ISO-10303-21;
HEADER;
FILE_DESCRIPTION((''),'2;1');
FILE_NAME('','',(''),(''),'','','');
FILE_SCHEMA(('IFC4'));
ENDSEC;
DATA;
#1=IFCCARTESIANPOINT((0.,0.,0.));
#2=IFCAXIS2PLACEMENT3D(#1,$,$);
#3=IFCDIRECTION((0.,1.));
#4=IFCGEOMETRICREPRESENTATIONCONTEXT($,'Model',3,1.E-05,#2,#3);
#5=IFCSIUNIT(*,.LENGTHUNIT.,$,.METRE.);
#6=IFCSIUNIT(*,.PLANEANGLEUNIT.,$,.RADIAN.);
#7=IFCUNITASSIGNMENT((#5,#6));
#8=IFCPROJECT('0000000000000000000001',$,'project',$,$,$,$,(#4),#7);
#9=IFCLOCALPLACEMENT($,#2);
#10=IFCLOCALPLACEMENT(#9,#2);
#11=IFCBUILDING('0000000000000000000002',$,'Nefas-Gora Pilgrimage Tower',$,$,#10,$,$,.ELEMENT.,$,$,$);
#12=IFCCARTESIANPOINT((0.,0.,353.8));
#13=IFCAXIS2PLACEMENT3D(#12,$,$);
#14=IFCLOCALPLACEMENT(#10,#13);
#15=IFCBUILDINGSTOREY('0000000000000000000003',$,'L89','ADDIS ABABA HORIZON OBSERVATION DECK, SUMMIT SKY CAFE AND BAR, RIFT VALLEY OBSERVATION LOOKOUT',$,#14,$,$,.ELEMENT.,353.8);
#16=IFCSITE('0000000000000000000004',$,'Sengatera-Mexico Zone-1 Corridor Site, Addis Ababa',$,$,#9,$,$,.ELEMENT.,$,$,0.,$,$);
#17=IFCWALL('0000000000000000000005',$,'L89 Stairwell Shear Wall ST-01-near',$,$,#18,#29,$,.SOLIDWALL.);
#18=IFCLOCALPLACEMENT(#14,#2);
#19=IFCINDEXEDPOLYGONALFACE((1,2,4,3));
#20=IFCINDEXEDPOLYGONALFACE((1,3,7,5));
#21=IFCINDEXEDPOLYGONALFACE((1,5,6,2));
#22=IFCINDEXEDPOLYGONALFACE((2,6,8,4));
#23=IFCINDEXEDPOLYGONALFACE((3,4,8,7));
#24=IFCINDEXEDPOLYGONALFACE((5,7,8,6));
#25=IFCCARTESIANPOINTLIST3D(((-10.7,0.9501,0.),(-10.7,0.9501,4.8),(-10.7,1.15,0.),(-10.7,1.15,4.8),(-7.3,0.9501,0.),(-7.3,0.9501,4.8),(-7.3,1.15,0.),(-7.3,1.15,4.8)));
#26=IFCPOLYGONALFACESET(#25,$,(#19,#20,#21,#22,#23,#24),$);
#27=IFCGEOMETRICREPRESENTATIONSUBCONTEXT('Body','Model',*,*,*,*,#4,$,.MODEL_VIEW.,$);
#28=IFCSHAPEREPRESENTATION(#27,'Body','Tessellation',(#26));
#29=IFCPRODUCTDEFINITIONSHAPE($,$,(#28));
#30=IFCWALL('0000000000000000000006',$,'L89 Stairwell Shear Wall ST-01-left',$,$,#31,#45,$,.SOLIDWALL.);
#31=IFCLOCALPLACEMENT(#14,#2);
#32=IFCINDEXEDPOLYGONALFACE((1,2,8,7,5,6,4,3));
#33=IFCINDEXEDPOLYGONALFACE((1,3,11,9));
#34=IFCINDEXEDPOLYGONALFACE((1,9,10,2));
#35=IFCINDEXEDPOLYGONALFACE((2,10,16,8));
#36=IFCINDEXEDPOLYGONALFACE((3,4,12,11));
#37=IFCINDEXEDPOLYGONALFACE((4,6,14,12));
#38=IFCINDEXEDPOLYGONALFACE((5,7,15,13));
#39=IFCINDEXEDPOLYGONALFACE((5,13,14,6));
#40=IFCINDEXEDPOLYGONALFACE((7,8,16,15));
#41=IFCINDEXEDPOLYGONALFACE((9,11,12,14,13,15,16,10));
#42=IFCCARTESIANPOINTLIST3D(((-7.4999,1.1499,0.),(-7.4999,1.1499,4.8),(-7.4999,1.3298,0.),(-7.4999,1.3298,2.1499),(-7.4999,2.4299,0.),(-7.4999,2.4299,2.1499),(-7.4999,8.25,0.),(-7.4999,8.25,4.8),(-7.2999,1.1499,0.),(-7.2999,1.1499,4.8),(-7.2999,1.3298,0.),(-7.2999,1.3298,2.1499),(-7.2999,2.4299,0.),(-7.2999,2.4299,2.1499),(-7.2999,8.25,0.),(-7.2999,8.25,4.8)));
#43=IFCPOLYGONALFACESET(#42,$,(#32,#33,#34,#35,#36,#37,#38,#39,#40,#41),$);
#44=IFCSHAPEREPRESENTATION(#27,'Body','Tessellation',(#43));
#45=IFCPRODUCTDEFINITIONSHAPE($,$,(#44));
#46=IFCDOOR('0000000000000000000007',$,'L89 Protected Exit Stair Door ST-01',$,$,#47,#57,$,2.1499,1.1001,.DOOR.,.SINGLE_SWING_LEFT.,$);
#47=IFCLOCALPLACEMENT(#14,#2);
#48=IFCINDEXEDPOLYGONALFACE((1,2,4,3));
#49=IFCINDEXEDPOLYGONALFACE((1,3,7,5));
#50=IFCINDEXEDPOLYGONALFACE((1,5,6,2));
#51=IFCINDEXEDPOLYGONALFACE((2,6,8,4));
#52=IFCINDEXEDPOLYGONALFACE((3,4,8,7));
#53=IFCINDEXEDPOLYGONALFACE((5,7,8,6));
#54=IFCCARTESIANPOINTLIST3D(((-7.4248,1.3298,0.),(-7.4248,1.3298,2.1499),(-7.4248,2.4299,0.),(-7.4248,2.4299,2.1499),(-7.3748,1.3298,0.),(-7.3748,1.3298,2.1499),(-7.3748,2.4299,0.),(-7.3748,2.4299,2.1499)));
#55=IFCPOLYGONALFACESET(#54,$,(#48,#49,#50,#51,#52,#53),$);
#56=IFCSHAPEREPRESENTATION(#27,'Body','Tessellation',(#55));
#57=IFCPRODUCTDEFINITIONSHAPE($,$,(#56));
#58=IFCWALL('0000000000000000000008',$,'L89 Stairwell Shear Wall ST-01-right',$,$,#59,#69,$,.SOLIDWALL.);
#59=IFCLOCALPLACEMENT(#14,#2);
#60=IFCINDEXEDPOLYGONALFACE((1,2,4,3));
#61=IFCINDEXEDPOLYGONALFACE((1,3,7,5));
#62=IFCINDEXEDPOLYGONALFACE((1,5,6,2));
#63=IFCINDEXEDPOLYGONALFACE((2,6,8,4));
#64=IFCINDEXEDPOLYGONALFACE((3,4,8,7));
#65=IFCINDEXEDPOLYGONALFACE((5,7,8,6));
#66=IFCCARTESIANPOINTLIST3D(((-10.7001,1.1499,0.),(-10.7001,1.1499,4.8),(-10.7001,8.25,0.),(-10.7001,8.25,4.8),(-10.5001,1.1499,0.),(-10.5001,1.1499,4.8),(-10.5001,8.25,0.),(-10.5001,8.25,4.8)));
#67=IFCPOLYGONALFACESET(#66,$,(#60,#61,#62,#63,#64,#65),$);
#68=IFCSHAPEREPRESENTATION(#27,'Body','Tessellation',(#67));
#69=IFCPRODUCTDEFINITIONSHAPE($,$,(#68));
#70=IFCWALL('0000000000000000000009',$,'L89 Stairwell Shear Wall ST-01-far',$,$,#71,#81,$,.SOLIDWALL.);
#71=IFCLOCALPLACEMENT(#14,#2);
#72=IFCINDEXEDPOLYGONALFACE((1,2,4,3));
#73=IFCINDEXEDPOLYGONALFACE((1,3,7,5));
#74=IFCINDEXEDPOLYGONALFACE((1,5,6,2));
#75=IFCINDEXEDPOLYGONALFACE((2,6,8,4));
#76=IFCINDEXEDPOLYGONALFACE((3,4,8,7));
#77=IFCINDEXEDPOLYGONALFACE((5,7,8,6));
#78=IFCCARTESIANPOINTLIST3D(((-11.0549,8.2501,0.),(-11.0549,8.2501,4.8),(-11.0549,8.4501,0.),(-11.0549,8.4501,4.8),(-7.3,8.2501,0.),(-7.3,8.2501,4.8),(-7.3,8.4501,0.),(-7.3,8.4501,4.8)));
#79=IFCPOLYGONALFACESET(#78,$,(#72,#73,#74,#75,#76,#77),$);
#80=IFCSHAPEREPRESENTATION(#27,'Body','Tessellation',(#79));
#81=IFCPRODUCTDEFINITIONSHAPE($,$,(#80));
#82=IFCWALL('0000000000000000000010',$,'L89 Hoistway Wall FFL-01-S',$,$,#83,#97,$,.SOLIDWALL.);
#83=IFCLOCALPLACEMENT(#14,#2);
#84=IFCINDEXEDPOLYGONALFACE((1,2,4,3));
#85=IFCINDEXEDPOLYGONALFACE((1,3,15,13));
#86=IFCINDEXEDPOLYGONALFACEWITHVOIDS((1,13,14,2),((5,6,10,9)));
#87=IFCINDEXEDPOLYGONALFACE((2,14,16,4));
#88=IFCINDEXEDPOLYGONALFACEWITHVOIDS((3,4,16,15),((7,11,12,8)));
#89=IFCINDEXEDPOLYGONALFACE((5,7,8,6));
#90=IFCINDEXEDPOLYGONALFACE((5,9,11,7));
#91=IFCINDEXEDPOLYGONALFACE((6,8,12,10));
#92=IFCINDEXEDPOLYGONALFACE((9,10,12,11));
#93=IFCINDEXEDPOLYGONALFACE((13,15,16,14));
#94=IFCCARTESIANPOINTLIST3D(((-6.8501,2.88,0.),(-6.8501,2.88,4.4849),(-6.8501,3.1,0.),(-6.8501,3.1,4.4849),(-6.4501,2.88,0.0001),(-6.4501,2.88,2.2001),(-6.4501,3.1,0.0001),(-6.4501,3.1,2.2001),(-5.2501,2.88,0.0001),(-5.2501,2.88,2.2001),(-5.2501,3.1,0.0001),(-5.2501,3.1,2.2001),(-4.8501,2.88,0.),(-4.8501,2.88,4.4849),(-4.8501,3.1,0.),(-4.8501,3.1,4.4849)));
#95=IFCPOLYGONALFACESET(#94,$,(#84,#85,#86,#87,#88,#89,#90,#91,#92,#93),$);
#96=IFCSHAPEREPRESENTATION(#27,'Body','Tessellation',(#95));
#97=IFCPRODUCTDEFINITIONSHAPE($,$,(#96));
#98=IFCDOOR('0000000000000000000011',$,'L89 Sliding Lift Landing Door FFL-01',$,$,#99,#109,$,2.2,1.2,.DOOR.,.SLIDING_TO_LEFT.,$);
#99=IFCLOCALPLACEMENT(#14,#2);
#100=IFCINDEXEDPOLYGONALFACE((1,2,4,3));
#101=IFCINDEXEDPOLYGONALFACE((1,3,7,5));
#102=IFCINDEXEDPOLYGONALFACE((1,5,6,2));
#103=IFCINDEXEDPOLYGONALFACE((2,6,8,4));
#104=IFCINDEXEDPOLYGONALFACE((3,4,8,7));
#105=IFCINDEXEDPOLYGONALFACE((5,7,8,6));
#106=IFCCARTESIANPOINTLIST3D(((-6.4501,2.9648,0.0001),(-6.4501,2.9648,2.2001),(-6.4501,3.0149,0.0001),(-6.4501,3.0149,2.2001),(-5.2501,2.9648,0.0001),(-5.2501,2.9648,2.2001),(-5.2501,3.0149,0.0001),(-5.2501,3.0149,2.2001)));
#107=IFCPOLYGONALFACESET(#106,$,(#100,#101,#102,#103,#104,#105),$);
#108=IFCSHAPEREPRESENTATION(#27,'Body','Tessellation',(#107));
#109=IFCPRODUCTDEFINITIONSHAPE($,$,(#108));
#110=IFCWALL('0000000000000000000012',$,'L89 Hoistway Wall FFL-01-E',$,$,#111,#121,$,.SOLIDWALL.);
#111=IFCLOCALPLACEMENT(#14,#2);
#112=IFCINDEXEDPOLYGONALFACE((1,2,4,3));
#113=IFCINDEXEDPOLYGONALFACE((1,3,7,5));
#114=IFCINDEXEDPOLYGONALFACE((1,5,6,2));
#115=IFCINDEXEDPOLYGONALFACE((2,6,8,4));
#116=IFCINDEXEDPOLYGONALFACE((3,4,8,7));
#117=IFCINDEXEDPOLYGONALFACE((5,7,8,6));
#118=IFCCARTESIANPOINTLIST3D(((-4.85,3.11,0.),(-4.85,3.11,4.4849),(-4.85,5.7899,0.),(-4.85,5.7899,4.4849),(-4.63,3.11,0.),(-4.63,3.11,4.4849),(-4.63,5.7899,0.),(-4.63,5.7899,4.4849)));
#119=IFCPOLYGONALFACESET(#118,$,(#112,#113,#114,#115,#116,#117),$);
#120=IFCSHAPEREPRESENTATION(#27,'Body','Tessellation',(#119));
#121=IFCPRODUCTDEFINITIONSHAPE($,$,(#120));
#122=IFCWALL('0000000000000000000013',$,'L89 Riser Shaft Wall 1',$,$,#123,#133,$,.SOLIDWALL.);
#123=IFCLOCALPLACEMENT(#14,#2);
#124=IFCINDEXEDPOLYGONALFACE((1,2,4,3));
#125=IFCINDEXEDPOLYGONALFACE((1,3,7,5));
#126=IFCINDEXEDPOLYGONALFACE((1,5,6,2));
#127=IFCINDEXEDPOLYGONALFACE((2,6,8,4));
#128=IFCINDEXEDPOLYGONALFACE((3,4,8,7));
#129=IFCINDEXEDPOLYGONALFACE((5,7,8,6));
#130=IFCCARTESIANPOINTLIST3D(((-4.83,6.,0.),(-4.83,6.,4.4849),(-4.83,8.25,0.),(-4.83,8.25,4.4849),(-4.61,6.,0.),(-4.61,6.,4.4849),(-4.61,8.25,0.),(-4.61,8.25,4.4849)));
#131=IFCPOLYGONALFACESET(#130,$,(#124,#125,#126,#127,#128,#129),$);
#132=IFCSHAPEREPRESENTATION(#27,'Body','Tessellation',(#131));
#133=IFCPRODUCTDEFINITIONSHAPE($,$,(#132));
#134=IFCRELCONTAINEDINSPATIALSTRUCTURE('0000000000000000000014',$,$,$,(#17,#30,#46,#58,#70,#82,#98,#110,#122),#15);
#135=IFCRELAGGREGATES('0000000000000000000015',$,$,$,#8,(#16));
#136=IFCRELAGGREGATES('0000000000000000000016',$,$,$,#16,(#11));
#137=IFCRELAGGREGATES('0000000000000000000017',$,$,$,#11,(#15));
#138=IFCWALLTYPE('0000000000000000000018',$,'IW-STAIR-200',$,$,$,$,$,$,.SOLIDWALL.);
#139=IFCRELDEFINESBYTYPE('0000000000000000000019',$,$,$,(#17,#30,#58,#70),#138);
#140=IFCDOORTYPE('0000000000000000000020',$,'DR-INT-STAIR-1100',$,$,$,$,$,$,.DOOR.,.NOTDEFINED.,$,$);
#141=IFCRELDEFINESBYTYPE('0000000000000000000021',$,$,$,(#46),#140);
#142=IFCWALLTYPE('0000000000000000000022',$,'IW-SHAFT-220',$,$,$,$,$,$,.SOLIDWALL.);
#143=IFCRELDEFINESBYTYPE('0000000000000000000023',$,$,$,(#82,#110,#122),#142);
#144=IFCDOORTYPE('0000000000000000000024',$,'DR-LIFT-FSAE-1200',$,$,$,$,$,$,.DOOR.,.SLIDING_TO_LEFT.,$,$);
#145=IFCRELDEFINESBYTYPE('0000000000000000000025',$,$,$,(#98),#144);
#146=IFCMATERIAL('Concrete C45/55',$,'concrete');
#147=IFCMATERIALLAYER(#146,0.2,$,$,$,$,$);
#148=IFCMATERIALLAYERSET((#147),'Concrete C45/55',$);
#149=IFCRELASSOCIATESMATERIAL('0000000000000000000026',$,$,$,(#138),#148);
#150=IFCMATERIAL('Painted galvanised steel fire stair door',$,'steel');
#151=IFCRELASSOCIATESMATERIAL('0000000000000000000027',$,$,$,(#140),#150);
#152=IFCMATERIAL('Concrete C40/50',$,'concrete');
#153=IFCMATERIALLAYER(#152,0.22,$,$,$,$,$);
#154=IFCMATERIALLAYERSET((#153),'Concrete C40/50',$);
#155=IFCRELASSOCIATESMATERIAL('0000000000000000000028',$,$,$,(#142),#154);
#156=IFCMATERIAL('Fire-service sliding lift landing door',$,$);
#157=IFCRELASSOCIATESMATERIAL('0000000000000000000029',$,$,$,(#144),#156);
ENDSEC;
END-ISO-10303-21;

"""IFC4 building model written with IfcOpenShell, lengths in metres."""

from ifc_helpers import new_model, si_unit, direction, frame, frame_2d, origin, place, context, subcontext, project, spatial, rectangle, extrude, source, transform, mapped, material, layer, layer_set, type_object, element, fill, save


model = new_model("IFC4")

# Units and contexts
model_context = context("Model", 3, precision=1e-05, world=origin(), true_north=direction((0.0, 1.0)))
body_context = subcontext(model_context, "Body", "Model", "MODEL_VIEW")
ifc_project = project(units=[si_unit("LENGTHUNIT", "METRE"), si_unit("PLANEANGLEUNIT", "RADIAN")], contexts=[model_context])

# Site, building, storey
site_placement = place(None, origin())
site = spatial("IfcSite", under=ifc_project, at=site_placement, Name="Sengatera-Mexico Zone-1 Corridor Site, Addis Ababa", CompositionType="ELEMENT", RefElevation=0.0)
building_placement = place(site_placement, origin())
building = spatial("IfcBuilding", under=site, at=building_placement, Name="Nefas-Gora Pilgrimage Tower", CompositionType="ELEMENT")
storey_placement = place(building_placement, frame((0.0, 0.0, 353.8)))
storey = spatial("IfcBuildingStorey", under=building, at=storey_placement, Name="L89", Description="ADDIS ABABA HORIZON OBSERVATION DECK, SUMMIT SKY CAFE AND BAR, RIFT VALLEY OBSERVATION LOOKOUT", CompositionType="ELEMENT", Elevation=353.8)

# Wall
ifc_material_1 = material(Name="Concrete C45/55", Category="concrete")
ifc_layer_1 = layer(ifc_material_1, 0.2)
ifc_layer_set_1 = layer_set([ifc_layer_1], Name="Concrete C45/55")
wall_type_1 = type_object("IfcWallType", Name="IW-STAIR-200", PredefinedType="SOLIDWALL", material=ifc_layer_set_1)
shared_shape_1 = source(origin(), body_context, "Body", "SweptSolid", [
    extrude(rectangle(XDim=3.3999, YDim=0.2, at=frame_2d((1.7, 0.0))), origin(), (0.0, 0.0, 1.0), 4.8),
])
wall_1_placement = place(storey_placement, frame((-7.3, 1.05, 0.0), z_axis=(0.0, 0.0, 1.0), x_axis=(-1.0, 0.0, 0.0)))
element("IfcWall", 1, at=wall_1_placement, inside=storey, type_object=wall_type_1, Name="L89 Stairwell Shear Wall ST-01-near", PredefinedType="SOLIDWALL", context=body_context, shape_type="MappedRepresentation", body=[
    mapped(shared_shape_1, transform((0.0, 0.0, 0.0), x_axis=(1.0, 0.0, 0.0), y_axis=(0.0, 1.0, 0.0), z_axis=(0.0, 0.0, 1.0), scale=1.0)),
])

# Wall, opening, door
shared_shape_2 = source(origin(), body_context, "Body", "SweptSolid", [
    extrude(rectangle(XDim=7.1001, YDim=0.2, at=frame_2d((3.55, 0.0))), origin(), (0.0, 0.0, 1.0), 4.8),
])
wall_2_placement = place(storey_placement, frame((-7.3999, 1.1499, 0.0), z_axis=(0.0, 0.0, 1.0), x_axis=(0.0, 1.0, 0.0)))
wall_2 = element("IfcWall", 2, at=wall_2_placement, inside=storey, type_object=wall_type_1, Name="L89 Stairwell Shear Wall ST-01-left", PredefinedType="SOLIDWALL", context=body_context, shape_type="MappedRepresentation", body=[
    mapped(shared_shape_2, transform((0.0, 0.0, 0.0), x_axis=(1.0, 0.0, 0.0), y_axis=(0.0, 1.0, 0.0), z_axis=(0.0, 0.0, 1.0), scale=1.0)),
])
opening_1_placement = place(wall_2_placement, frame((0.1799, 0.0, 0.0)))
opening_1 = element("IfcOpeningElement", 3, at=opening_1_placement, cuts=wall_2, PredefinedType="OPENING", context=body_context, shape_type="SweptSolid", body=[
    extrude(rectangle(XDim=1.1001, YDim=2.1499, at=frame_2d((0.55, 1.075))), frame((0.0, 0.1099, 0.0), z_axis=(0.0, -1.0, 0.0), x_axis=(1.0, 0.0, 0.0)), (0.0, 0.0, 1.0), 0.22),
])
ifc_material_2 = material(Name="Painted galvanised steel fire stair door", Category="steel")
door_type_1 = type_object("IfcDoorType", Name="DR-INT-STAIR-1100", OperationType="NOTDEFINED", PredefinedType="DOOR", material=ifc_material_2)
shared_shape_3 = source(origin(), body_context, "Body", "SweptSolid", [
    extrude(rectangle(XDim=1.1001, YDim=2.1499, at=frame_2d((0.55, 1.075))), frame((0.0, 0.0249, 0.0), z_axis=(0.0, -1.0, 0.0), x_axis=(1.0, 0.0, 0.0)), (0.0, 0.0, 1.0), 0.05),
])
door_1_placement = place(opening_1_placement, origin())
door_1 = element("IfcDoor", 4, at=door_1_placement, inside=storey, type_object=door_type_1, Name="L89 Protected Exit Stair Door ST-01", OperationType="SINGLE_SWING_LEFT", OverallHeight=2.1499, OverallWidth=1.1001, PredefinedType="DOOR", context=body_context, shape_type="MappedRepresentation", body=[
    mapped(shared_shape_3, transform((0.0, 0.0, 0.0), x_axis=(1.0, 0.0, 0.0), y_axis=(0.0, 1.0, 0.0), z_axis=(0.0, 0.0, 1.0), scale=1.0)),
])
fill(opening_1, door_1)

# Walls
wall_3_placement = place(storey_placement, frame((-10.6001, 1.1499, 0.0), z_axis=(0.0, 0.0, 1.0), x_axis=(0.0, 1.0, 0.0)))
element("IfcWall", 5, at=wall_3_placement, inside=storey, type_object=wall_type_1, Name="L89 Stairwell Shear Wall ST-01-right", PredefinedType="SOLIDWALL", context=body_context, shape_type="MappedRepresentation", body=[
    mapped(shared_shape_2, transform((0.0, 0.0, 0.0), x_axis=(1.0, 0.0, 0.0), y_axis=(0.0, 1.0, 0.0), z_axis=(0.0, 0.0, 1.0), scale=1.0)),
])
shared_shape_4 = source(origin(), body_context, "Body", "SweptSolid", [
    extrude(rectangle(XDim=3.7549, YDim=0.2, at=frame_2d((1.8774, 0.0))), origin(), (0.0, 0.0, 1.0), 4.8),
])
wall_4_placement = place(storey_placement, frame((-7.3, 8.3501, 0.0), z_axis=(0.0, 0.0, 1.0), x_axis=(-1.0, 0.0, 0.0)))
element("IfcWall", 6, at=wall_4_placement, inside=storey, type_object=wall_type_1, Name="L89 Stairwell Shear Wall ST-01-far", PredefinedType="SOLIDWALL", context=body_context, shape_type="MappedRepresentation", body=[
    mapped(shared_shape_4, transform((0.0, 0.0, 0.0), x_axis=(1.0, 0.0, 0.0), y_axis=(0.0, 1.0, 0.0), z_axis=(0.0, 0.0, 1.0), scale=1.0)),
])

# Wall, opening, door
ifc_material_3 = material(Name="Concrete C40/50", Category="concrete")
ifc_layer_2 = layer(ifc_material_3, 0.22)
ifc_layer_set_2 = layer_set([ifc_layer_2], Name="Concrete C40/50")
wall_type_2 = type_object("IfcWallType", Name="IW-SHAFT-220", PredefinedType="SOLIDWALL", material=ifc_layer_set_2)
shared_shape_5 = source(origin(), body_context, "Body", "SweptSolid", [
    extrude(rectangle(XDim=2.0, YDim=0.22, at=frame_2d((1.0, 0.0))), origin(), (0.0, 0.0, 1.0), 4.4849),
])
wall_5_placement = place(storey_placement, frame((-6.8501, 2.99, 0.0), z_axis=(0.0, 0.0, 1.0), x_axis=(1.0, 0.0, 0.0)))
wall_5 = element("IfcWall", 7, at=wall_5_placement, inside=storey, type_object=wall_type_2, Name="L89 Hoistway Wall FFL-01-S", PredefinedType="SOLIDWALL", context=body_context, shape_type="MappedRepresentation", body=[
    mapped(shared_shape_5, transform((0.0, 0.0, 0.0), x_axis=(1.0, 0.0, 0.0), y_axis=(0.0, 1.0, 0.0), z_axis=(0.0, 0.0, 1.0), scale=1.0)),
])
opening_2_placement = place(wall_5_placement, frame((0.3999, 0.0, 0.0)))
opening_2 = element("IfcOpeningElement", 8, at=opening_2_placement, cuts=wall_5, PredefinedType="OPENING", context=body_context, shape_type="SweptSolid", body=[
    extrude(rectangle(XDim=1.2, YDim=2.2, at=frame_2d((0.6001, 1.1001))), frame((0.0, 0.1199, 0.0), z_axis=(0.0, -1.0, 0.0), x_axis=(1.0, 0.0, 0.0)), (0.0, 0.0, 1.0), 0.24),
])
ifc_material_4 = material(Name="Fire-service sliding lift landing door")
door_type_2 = type_object("IfcDoorType", Name="DR-LIFT-FSAE-1200", OperationType="SLIDING_TO_LEFT", PredefinedType="DOOR", material=ifc_material_4)
shared_shape_6 = source(origin(), body_context, "Body", "SweptSolid", [
    extrude(rectangle(XDim=1.2, YDim=2.2, at=frame_2d((0.6001, 1.1001))), frame((0.0, 0.0249, 0.0), z_axis=(0.0, -1.0, 0.0), x_axis=(1.0, 0.0, 0.0)), (0.0, 0.0, 1.0), 0.05),
])
door_2_placement = place(opening_2_placement, origin())
door_2 = element("IfcDoor", 9, at=door_2_placement, inside=storey, type_object=door_type_2, Name="L89 Sliding Lift Landing Door FFL-01", OperationType="SLIDING_TO_LEFT", OverallHeight=2.2, OverallWidth=1.2, PredefinedType="DOOR", context=body_context, shape_type="MappedRepresentation", body=[
    mapped(shared_shape_6, transform((0.0, 0.0, 0.0), x_axis=(1.0, 0.0, 0.0), y_axis=(0.0, 1.0, 0.0), z_axis=(0.0, 0.0, 1.0), scale=1.0)),
])
fill(opening_2, door_2)

# Walls
shared_shape_7 = source(origin(), body_context, "Body", "SweptSolid", [
    extrude(rectangle(XDim=2.6799, YDim=0.22, at=frame_2d((1.3398, 0.0))), origin(), (0.0, 0.0, 1.0), 4.4849),
])
wall_6_placement = place(storey_placement, frame((-4.74, 3.1101, 0.0), z_axis=(0.0, 0.0, 1.0), x_axis=(0.0, 1.0, 0.0)))
element("IfcWall", 10, at=wall_6_placement, inside=storey, type_object=wall_type_2, Name="L89 Hoistway Wall FFL-01-E", PredefinedType="SOLIDWALL", context=body_context, shape_type="MappedRepresentation", body=[
    mapped(shared_shape_7, transform((0.0, 0.0, 0.0), x_axis=(1.0, 0.0, 0.0), y_axis=(0.0, 1.0, 0.0), z_axis=(0.0, 0.0, 1.0), scale=1.0)),
])
shared_shape_8 = source(origin(), body_context, "Body", "SweptSolid", [
    extrude(rectangle(XDim=2.25, YDim=0.22, at=frame_2d((1.125, 0.0))), origin(), (0.0, 0.0, 1.0), 4.4849),
])
wall_7_placement = place(storey_placement, frame((-4.72, 6.0, 0.0), z_axis=(0.0, 0.0, 1.0), x_axis=(0.0, 1.0, 0.0)))
element("IfcWall", 11, at=wall_7_placement, inside=storey, type_object=wall_type_2, Name="L89 Riser Shaft Wall 1", PredefinedType="SOLIDWALL", context=body_context, shape_type="MappedRepresentation", body=[
    mapped(shared_shape_8, transform((0.0, 0.0, 0.0), x_axis=(1.0, 0.0, 0.0), y_axis=(0.0, 1.0, 0.0), z_axis=(0.0, 0.0, 1.0), scale=1.0)),
])

save(model, "model.ifc")
